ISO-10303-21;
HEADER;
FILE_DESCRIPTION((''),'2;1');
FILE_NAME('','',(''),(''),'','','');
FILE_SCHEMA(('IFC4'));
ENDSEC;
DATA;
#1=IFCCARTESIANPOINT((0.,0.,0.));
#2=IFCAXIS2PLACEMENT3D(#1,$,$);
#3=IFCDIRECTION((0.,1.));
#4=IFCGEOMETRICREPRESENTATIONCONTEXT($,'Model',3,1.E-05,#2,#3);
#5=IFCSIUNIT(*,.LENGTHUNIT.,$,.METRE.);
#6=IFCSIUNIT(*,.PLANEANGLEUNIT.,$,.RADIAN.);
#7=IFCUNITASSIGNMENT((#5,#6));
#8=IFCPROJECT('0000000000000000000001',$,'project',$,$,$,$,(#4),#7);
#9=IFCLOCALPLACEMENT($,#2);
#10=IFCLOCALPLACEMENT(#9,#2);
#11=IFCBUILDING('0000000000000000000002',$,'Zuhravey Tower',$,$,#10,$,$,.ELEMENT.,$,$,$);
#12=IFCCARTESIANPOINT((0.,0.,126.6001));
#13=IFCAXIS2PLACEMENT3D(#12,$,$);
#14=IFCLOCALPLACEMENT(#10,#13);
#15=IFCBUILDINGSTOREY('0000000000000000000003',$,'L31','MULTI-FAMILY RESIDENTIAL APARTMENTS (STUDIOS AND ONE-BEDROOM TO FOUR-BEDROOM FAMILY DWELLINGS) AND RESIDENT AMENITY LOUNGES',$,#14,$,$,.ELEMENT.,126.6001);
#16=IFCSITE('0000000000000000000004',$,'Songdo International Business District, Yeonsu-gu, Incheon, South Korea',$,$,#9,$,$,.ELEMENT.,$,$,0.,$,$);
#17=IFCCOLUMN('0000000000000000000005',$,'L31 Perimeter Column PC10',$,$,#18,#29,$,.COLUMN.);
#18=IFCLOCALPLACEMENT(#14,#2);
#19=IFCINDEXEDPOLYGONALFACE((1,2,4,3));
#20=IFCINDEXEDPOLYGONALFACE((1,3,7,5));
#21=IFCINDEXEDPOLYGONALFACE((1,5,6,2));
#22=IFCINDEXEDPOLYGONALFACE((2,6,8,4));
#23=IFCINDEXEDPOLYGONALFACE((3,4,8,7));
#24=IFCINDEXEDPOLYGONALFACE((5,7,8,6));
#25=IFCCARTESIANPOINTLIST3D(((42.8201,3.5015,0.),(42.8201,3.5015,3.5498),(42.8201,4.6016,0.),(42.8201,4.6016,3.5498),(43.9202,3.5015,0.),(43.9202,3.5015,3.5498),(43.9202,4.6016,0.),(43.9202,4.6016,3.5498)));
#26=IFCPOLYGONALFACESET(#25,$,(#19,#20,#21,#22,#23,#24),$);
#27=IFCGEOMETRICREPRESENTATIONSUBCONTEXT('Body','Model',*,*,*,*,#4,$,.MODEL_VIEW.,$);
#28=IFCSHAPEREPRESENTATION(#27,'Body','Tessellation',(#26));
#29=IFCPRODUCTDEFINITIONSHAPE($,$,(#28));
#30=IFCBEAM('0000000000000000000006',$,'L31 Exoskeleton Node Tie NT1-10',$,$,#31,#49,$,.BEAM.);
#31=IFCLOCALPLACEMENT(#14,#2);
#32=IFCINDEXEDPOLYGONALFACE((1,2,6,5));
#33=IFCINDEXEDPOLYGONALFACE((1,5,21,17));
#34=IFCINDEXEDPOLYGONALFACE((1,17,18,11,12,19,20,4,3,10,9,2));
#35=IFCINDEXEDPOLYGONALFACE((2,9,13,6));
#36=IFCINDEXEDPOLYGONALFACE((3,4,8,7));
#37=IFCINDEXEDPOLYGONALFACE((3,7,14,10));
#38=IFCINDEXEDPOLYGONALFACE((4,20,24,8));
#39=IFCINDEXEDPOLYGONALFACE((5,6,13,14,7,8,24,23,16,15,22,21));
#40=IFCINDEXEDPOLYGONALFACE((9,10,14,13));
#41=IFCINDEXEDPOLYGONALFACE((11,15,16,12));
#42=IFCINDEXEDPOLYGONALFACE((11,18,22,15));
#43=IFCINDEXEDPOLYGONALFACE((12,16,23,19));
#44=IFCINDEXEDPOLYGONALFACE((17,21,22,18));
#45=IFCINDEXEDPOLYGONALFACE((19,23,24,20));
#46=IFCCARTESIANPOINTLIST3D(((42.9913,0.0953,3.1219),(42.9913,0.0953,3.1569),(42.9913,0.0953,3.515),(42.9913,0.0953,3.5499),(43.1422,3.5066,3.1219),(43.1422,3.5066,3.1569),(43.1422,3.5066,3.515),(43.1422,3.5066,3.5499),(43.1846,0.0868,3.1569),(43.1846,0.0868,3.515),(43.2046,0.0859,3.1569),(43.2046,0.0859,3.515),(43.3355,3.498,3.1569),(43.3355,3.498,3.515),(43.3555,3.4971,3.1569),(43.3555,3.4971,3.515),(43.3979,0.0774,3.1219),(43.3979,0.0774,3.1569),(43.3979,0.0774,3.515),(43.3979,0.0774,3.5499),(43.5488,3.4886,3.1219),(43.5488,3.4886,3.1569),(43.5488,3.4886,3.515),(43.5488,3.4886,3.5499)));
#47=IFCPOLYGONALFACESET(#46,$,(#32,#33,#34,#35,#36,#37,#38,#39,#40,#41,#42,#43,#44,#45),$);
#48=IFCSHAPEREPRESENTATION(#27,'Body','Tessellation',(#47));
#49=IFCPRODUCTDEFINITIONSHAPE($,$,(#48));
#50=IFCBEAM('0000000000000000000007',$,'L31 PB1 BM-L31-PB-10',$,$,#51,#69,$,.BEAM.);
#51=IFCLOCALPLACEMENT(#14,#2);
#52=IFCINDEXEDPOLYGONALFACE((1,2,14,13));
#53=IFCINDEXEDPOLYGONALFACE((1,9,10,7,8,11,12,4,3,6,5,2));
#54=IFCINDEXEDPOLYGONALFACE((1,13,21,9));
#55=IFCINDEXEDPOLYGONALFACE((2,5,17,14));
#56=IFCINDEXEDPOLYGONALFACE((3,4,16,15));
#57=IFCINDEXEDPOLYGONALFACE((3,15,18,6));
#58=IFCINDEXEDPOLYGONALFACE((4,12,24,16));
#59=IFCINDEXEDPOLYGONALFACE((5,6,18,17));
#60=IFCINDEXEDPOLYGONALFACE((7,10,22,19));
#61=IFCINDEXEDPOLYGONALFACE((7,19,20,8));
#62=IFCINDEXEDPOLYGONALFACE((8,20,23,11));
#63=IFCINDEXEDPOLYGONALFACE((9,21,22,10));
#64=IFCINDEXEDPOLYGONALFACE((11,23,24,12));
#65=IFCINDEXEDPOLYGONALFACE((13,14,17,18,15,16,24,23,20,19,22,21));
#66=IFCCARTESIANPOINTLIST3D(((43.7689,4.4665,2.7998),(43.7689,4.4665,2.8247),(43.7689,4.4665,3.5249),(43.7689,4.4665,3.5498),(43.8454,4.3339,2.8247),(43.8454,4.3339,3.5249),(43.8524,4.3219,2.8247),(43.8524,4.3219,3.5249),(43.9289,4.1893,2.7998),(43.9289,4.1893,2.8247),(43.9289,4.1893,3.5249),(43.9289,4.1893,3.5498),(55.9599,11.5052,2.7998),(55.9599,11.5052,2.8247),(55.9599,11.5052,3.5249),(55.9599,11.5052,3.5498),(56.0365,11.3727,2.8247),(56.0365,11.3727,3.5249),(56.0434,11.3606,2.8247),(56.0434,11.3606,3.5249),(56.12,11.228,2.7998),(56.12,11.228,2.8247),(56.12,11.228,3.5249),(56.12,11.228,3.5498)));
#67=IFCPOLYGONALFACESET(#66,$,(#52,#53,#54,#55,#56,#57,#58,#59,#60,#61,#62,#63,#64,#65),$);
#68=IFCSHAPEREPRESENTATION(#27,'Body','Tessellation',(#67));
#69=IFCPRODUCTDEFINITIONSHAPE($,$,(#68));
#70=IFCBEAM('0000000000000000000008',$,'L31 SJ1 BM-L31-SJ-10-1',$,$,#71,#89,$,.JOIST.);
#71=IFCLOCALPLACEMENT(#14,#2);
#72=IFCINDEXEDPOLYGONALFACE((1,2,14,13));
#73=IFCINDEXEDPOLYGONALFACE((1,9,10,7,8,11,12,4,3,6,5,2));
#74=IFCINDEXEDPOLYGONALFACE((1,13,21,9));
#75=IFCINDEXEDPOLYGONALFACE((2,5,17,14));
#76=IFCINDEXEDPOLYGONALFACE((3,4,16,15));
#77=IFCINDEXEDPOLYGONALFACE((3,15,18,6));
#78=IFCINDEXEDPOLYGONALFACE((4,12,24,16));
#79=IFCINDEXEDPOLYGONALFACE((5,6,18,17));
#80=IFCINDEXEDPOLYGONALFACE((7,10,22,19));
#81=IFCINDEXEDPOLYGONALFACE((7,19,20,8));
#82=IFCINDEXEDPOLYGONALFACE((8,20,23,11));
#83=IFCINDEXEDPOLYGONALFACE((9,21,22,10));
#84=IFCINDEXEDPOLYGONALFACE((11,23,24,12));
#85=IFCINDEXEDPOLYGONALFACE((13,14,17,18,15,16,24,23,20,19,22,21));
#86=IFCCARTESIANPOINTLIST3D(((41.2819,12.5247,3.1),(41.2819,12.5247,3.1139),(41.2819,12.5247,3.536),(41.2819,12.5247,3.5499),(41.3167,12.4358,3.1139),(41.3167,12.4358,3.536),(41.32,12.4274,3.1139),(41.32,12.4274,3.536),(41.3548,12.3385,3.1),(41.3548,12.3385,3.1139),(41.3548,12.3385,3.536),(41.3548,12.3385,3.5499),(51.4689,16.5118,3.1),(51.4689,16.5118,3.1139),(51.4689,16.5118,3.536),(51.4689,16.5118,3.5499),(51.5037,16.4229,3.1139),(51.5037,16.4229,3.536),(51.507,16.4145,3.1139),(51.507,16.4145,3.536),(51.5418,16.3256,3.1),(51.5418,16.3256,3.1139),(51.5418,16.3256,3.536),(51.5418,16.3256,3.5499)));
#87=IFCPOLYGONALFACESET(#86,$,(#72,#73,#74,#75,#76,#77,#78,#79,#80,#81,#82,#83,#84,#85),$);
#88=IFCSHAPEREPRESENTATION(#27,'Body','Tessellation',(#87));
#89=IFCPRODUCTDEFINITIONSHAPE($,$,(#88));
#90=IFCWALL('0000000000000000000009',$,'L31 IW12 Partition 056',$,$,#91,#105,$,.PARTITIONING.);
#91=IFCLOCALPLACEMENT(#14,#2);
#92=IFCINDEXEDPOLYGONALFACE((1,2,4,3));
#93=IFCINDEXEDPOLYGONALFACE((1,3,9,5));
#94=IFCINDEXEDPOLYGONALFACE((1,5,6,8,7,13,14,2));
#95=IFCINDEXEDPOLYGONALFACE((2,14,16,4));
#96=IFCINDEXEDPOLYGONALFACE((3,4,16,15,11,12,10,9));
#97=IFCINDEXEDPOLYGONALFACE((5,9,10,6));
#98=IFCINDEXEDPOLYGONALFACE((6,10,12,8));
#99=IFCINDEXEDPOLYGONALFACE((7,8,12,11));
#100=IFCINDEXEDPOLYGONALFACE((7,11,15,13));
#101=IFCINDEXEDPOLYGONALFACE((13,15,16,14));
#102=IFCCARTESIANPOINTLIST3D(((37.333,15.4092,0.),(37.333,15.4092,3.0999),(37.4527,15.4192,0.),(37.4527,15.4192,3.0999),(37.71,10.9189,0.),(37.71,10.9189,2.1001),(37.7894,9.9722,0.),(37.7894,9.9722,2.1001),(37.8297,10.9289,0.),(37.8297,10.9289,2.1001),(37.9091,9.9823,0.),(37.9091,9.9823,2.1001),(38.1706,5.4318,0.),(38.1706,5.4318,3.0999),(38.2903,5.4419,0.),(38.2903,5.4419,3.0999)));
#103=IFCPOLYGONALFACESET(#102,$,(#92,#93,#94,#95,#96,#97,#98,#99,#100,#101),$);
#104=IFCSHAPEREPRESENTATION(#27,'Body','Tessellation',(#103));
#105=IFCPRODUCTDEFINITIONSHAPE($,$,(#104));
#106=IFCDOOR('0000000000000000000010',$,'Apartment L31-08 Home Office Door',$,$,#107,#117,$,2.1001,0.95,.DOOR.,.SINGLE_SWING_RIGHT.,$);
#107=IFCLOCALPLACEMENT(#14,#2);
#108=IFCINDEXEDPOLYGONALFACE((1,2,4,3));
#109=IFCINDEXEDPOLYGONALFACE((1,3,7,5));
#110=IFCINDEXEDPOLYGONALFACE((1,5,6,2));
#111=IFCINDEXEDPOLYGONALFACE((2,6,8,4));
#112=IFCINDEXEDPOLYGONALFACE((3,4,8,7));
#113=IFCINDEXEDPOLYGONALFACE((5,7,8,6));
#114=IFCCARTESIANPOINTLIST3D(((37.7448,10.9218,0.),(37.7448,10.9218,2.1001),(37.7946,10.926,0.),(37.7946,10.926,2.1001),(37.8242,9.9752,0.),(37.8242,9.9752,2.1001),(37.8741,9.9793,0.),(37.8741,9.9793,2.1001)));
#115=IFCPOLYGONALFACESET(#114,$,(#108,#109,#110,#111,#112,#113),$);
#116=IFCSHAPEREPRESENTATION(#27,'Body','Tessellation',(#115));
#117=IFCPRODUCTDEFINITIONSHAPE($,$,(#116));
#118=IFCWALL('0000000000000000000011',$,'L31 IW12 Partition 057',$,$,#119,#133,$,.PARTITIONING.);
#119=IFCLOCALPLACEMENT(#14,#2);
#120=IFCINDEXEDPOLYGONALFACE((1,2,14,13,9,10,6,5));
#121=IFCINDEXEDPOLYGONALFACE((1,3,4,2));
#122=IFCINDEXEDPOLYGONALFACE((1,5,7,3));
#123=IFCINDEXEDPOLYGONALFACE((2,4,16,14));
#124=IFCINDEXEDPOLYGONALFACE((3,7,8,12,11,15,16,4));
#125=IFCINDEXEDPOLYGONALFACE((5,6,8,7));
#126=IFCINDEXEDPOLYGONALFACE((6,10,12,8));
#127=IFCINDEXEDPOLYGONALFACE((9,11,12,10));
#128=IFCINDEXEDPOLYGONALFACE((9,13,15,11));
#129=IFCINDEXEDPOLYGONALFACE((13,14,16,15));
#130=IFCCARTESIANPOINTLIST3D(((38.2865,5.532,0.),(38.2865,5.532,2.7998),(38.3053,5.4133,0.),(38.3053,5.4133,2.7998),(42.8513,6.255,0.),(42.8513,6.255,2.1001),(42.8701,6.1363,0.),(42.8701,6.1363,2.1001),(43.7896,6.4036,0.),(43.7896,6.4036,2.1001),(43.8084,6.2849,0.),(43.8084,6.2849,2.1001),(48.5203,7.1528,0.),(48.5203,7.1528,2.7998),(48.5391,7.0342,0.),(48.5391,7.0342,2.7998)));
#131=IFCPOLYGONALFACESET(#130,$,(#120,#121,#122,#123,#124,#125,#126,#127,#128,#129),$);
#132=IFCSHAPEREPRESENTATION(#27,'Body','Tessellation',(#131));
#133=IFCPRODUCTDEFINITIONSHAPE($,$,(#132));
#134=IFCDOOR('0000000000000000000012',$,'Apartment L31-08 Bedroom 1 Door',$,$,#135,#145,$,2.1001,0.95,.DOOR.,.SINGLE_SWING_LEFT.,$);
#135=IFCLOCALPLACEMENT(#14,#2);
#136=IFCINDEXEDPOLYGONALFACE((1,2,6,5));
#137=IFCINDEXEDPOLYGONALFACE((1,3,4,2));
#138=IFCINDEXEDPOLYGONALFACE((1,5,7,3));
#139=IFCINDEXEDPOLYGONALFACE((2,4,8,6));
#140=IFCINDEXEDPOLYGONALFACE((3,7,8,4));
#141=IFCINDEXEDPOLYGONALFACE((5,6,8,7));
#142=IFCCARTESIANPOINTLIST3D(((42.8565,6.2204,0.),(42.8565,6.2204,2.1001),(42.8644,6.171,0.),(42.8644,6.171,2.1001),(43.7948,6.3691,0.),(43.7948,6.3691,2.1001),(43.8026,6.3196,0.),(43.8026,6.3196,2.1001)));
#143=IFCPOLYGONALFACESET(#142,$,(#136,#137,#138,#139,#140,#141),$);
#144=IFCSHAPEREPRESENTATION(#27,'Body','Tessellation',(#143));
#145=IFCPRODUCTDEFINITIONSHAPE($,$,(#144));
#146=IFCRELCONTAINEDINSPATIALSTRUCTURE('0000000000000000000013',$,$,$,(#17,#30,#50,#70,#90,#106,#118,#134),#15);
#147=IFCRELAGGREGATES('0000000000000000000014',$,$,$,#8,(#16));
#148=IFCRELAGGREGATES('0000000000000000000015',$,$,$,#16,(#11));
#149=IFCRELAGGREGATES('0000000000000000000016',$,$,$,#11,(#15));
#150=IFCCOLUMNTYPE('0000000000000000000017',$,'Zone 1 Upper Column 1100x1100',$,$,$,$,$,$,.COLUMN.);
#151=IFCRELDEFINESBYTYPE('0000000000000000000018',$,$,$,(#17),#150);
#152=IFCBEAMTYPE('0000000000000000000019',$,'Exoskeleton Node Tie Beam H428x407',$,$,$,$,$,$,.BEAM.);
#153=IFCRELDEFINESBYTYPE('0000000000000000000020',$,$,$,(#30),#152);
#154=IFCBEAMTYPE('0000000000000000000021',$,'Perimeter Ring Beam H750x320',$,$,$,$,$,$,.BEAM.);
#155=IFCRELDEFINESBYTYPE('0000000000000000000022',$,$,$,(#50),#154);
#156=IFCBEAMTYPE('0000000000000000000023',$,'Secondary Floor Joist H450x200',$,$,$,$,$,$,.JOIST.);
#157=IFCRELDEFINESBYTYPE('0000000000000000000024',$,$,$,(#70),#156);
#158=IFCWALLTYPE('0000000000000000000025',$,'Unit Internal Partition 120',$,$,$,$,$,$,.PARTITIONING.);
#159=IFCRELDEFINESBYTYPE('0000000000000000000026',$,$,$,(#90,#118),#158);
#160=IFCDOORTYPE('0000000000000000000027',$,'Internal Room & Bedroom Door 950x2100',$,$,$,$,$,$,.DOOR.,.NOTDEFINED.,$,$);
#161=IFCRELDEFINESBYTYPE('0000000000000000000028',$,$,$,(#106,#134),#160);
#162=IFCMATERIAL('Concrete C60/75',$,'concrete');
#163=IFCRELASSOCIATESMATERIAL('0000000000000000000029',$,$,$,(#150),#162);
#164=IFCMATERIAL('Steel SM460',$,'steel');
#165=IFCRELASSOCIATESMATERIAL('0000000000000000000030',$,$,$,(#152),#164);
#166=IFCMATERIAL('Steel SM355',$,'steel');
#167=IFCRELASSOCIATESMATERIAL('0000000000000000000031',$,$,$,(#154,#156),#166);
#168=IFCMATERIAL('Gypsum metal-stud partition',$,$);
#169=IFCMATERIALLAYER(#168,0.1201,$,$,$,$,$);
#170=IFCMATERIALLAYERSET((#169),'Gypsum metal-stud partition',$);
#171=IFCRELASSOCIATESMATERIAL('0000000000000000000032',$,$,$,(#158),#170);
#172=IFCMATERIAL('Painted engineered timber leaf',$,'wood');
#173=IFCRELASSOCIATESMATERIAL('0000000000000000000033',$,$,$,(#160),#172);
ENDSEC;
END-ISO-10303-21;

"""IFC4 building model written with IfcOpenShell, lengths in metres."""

from ifc_helpers import new_model, si_unit, direction, frame, frame_2d, origin, origin_2d, place, context, subcontext, project, spatial, rectangle, i_section, extrude, material, layer, layer_set, material_profile, profile_set, type_object, element, fill, save


model = new_model("IFC4")

# Units and contexts
model_context = context("Model", 3, precision=1e-05, world=origin(), true_north=direction((0.0, 1.0)))
body_context = subcontext(model_context, "Body", "Model", "MODEL_VIEW")
ifc_project = project(units=[si_unit("LENGTHUNIT", "METRE"), si_unit("PLANEANGLEUNIT", "RADIAN")], contexts=[model_context])

# Site, building, storey
site_placement = place(None, origin())
site = spatial("IfcSite", under=ifc_project, at=site_placement, Name="Songdo International Business District, Yeonsu-gu, Incheon, South Korea", CompositionType="ELEMENT", RefElevation=0.0)
building_placement = place(site_placement, origin())
building = spatial("IfcBuilding", under=site, at=building_placement, Name="Zuhravey Tower", CompositionType="ELEMENT")
storey_placement = place(building_placement, frame((0.0, 0.0, 126.6001)))
storey = spatial("IfcBuildingStorey", under=building, at=storey_placement, Name="L31", Description="MULTI-FAMILY RESIDENTIAL APARTMENTS (STUDIOS AND ONE-BEDROOM TO FOUR-BEDROOM FAMILY DWELLINGS) AND RESIDENT AMENITY LOUNGES", CompositionType="ELEMENT", Elevation=126.6001)

# Column
ifc_material_1 = material(Name="Concrete C60/75", Category="concrete")
ifc_material_profile_1 = material_profile(ifc_material_1, rectangle(XDim=1.1001, YDim=1.1001, at=origin_2d()), Name="RC-1100x1100")
ifc_profile_set_1 = profile_set([ifc_material_profile_1], Name="Concrete C60/75")
column_type = type_object("IfcColumnType", Name="Zone 1 Upper Column 1100x1100", PredefinedType="COLUMN", material=ifc_profile_set_1)
column_placement = place(storey_placement, frame((43.3701, 4.0515, 0.0), z_axis=(0.0, 0.0, 1.0), x_axis=(1.0, 0.0, 0.0)))
element("IfcColumn", 1, at=column_placement, inside=storey, type_object=column_type, Name="L31 Perimeter Column PC10", PredefinedType="COLUMN", context=body_context, shape_type="SweptSolid", body=[
    extrude(rectangle(XDim=1.1001, YDim=1.1001, at=origin_2d()), origin(), (0.0, 0.0, 1.0), 3.5498),
])

# Beams
ifc_material_2 = material(Name="Steel SM460", Category="steel")
ifc_material_profile_2 = material_profile(ifc_material_2, i_section(OverallWidth=0.407, OverallDepth=0.428, WebThickness=0.02, FlangeThickness=0.0349, at=origin_2d()), Name="H-428x407x20x35")
ifc_profile_set_2 = profile_set([ifc_material_profile_2], Name="Steel SM460")
beam_type_1 = type_object("IfcBeamType", Name="Exoskeleton Node Tie Beam H428x407", PredefinedType="BEAM", material=ifc_profile_set_2)
beam_1_placement = place(storey_placement, frame((43.3455, 3.4976, 3.3359), z_axis=(-0.044188, -0.999023, 0.0), x_axis=(0.999023, -0.044188, 0.0)))
element("IfcBeam", 2, at=beam_1_placement, inside=storey, type_object=beam_type_1, Name="L31 Exoskeleton Node Tie NT1-10", PredefinedType="BEAM", context=body_context, shape_type="SweptSolid", body=[
    extrude(i_section(OverallWidth=0.407, OverallDepth=0.428, WebThickness=0.02, FlangeThickness=0.0349, at=origin_2d()), origin(), (0.0, 0.0, 1.0), 3.4146),
])
ifc_material_3 = material(Name="Steel SM355", Category="steel")
ifc_material_profile_3 = material_profile(ifc_material_3, i_section(OverallWidth=0.3201, OverallDepth=0.75, WebThickness=0.0139, FlangeThickness=0.0249, at=origin_2d()), Name="H-750x320x14x25")
ifc_profile_set_3 = profile_set([ifc_material_profile_3], Name="Steel SM355")
beam_type_2 = type_object("IfcBeamType", Name="Perimeter Ring Beam H750x320", PredefinedType="BEAM", material=ifc_profile_set_3)
beam_2_placement = place(storey_placement, frame((43.8489, 4.3279, 3.1748), z_axis=(0.866018, 0.500013, 0.0), x_axis=(-0.500013, 0.866018, 0.0)))
element("IfcBeam", 3, at=beam_2_placement, inside=storey, type_object=beam_type_2, Name="L31 PB1 BM-L31-PB-10", PredefinedType="BEAM", context=body_context, shape_type="SweptSolid", body=[
    extrude(i_section(OverallWidth=0.3201, OverallDepth=0.75, WebThickness=0.0139, FlangeThickness=0.0249, at=origin_2d()), origin(), (0.0, 0.0, 1.0), 14.0771),
])
ifc_material_profile_4 = material_profile(ifc_material_3, i_section(OverallWidth=0.2, OverallDepth=0.45, WebThickness=0.009, FlangeThickness=0.0139, at=origin_2d()), Name="H-450x200x9x14")
ifc_profile_set_4 = profile_set([ifc_material_profile_4], Name="Steel SM355")
beam_type_3 = type_object("IfcBeamType", Name="Secondary Floor Joist H450x200", PredefinedType="JOIST", material=ifc_profile_set_4)
beam_3_placement = place(storey_placement, frame((41.3184, 12.4316, 3.325), z_axis=(0.931217, 0.364466, 0.0), x_axis=(-0.364466, 0.931217, 0.0)))
element("IfcBeam", 4, at=beam_3_placement, inside=storey, type_object=beam_type_3, Name="L31 SJ1 BM-L31-SJ-10-1", PredefinedType="JOIST", context=body_context, shape_type="SweptSolid", body=[
    extrude(i_section(OverallWidth=0.2, OverallDepth=0.45, WebThickness=0.009, FlangeThickness=0.0139, at=origin_2d()), origin(), (0.0, 0.0, 1.0), 10.9395),
])

# Walls, openings, doors
ifc_material_4 = material(Name="Gypsum metal-stud partition")
ifc_layer = layer(ifc_material_4, 0.1201)
ifc_layer_set = layer_set([ifc_layer], Name="Gypsum metal-stud partition")
wall_type = type_object("IfcWallType", Name="Unit Internal Partition 120", PredefinedType="PARTITIONING", material=ifc_layer_set)
wall_1_placement = place(storey_placement, frame((37.3928, 15.4143, 0.0), z_axis=(0.0, 0.0, 1.0), x_axis=(0.083661, -0.996494, 0.0)))
wall_1 = element("IfcWall", 5, at=wall_1_placement, inside=storey, type_object=wall_type, Name="L31 IW12 Partition 056", PredefinedType="PARTITIONING", context=body_context, shape_type="SweptSolid", body=[
    extrude(rectangle(XDim=10.0125, YDim=0.1201, at=frame_2d((5.0063, 0.0))), origin(), (0.0, 0.0, 1.0), 3.0999),
])
opening_1_placement = place(wall_1_placement, frame((4.5061, 0.0, 0.0)))
opening_1 = element("IfcOpeningElement", 6, at=opening_1_placement, cuts=wall_1, PredefinedType="OPENING", context=body_context, shape_type="SweptSolid", body=[
    extrude(rectangle(XDim=0.95, YDim=2.1001, at=frame_2d((0.4751, 1.05))), frame((0.0, 0.072, 0.0), z_axis=(0.0, -1.0, 0.0), x_axis=(1.0, 0.0, 0.0)), (0.0, 0.0, 1.0), 0.144),
])
ifc_material_5 = material(Name="Painted engineered timber leaf", Category="wood")
door_type_1 = type_object("IfcDoorType", Name="Internal Room & Bedroom Door 950x2100", OperationType="NOTDEFINED", PredefinedType="DOOR", material=ifc_material_5)
door_1_placement = place(opening_1_placement, origin())
door_1 = element("IfcDoor", 7, at=door_1_placement, inside=storey, type_object=door_type_1, Name="Apartment L31-08 Home Office Door", OperationType="SINGLE_SWING_RIGHT", OverallHeight=2.1001, OverallWidth=0.95, PredefinedType="DOOR", context=body_context, shape_type="SweptSolid", body=[
    extrude(rectangle(XDim=0.95, YDim=2.1001, at=frame_2d((0.4751, 1.05))), frame((0.0, 0.0249, 0.0), z_axis=(0.0, -1.0, 0.0), x_axis=(1.0, 0.0, 0.0)), (0.0, 0.0, 1.0), 0.05),
])
fill(opening_1, door_1)
wall_2_placement = place(storey_placement, frame((38.2959, 5.4727, 0.0), z_axis=(0.0, 0.0, 1.0), x_axis=(0.987688, 0.156434, 0.0)))
wall_2 = element("IfcWall", 8, at=wall_2_placement, inside=storey, type_object=wall_type, Name="L31 IW12 Partition 057", PredefinedType="PARTITIONING", context=body_context, shape_type="SweptSolid", body=[
    extrude(rectangle(XDim=10.3613, YDim=0.1201, at=frame_2d((5.1807, 0.0))), origin(), (0.0, 0.0, 1.0), 2.7998),
])
opening_2_placement = place(wall_2_placement, frame((4.6216, 0.0, 0.0)))
opening_2 = element("IfcOpeningElement", 9, at=opening_2_placement, cuts=wall_2, PredefinedType="OPENING", context=body_context, shape_type="SweptSolid", body=[
    extrude(rectangle(XDim=0.95, YDim=2.1001, at=frame_2d((0.4751, 1.05))), frame((0.0, 0.072, 0.0), z_axis=(0.0, -1.0, 0.0), x_axis=(1.0, 0.0, 0.0)), (0.0, 0.0, 1.0), 0.144),
])
door_2_placement = place(opening_2_placement, frame((0.95, 0.0, 0.0), z_axis=(0.0, 0.0, 1.0), x_axis=(-1.0, 0.0, 0.0)))
door_2 = element("IfcDoor", 10, at=door_2_placement, inside=storey, type_object=door_type_1, Name="Apartment L31-08 Bedroom 1 Door", OperationType="SINGLE_SWING_LEFT", OverallHeight=2.1001, OverallWidth=0.95, PredefinedType="DOOR", context=body_context, shape_type="SweptSolid", body=[
    extrude(rectangle(XDim=0.95, YDim=2.1001, at=frame_2d((0.4751, 1.05))), frame((0.0, 0.0249, 0.0), z_axis=(0.0, -1.0, 0.0), x_axis=(1.0, 0.0, 0.0)), (0.0, 0.0, 1.0), 0.05),
])
fill(opening_2, door_2)

save(model, "model.ifc")
